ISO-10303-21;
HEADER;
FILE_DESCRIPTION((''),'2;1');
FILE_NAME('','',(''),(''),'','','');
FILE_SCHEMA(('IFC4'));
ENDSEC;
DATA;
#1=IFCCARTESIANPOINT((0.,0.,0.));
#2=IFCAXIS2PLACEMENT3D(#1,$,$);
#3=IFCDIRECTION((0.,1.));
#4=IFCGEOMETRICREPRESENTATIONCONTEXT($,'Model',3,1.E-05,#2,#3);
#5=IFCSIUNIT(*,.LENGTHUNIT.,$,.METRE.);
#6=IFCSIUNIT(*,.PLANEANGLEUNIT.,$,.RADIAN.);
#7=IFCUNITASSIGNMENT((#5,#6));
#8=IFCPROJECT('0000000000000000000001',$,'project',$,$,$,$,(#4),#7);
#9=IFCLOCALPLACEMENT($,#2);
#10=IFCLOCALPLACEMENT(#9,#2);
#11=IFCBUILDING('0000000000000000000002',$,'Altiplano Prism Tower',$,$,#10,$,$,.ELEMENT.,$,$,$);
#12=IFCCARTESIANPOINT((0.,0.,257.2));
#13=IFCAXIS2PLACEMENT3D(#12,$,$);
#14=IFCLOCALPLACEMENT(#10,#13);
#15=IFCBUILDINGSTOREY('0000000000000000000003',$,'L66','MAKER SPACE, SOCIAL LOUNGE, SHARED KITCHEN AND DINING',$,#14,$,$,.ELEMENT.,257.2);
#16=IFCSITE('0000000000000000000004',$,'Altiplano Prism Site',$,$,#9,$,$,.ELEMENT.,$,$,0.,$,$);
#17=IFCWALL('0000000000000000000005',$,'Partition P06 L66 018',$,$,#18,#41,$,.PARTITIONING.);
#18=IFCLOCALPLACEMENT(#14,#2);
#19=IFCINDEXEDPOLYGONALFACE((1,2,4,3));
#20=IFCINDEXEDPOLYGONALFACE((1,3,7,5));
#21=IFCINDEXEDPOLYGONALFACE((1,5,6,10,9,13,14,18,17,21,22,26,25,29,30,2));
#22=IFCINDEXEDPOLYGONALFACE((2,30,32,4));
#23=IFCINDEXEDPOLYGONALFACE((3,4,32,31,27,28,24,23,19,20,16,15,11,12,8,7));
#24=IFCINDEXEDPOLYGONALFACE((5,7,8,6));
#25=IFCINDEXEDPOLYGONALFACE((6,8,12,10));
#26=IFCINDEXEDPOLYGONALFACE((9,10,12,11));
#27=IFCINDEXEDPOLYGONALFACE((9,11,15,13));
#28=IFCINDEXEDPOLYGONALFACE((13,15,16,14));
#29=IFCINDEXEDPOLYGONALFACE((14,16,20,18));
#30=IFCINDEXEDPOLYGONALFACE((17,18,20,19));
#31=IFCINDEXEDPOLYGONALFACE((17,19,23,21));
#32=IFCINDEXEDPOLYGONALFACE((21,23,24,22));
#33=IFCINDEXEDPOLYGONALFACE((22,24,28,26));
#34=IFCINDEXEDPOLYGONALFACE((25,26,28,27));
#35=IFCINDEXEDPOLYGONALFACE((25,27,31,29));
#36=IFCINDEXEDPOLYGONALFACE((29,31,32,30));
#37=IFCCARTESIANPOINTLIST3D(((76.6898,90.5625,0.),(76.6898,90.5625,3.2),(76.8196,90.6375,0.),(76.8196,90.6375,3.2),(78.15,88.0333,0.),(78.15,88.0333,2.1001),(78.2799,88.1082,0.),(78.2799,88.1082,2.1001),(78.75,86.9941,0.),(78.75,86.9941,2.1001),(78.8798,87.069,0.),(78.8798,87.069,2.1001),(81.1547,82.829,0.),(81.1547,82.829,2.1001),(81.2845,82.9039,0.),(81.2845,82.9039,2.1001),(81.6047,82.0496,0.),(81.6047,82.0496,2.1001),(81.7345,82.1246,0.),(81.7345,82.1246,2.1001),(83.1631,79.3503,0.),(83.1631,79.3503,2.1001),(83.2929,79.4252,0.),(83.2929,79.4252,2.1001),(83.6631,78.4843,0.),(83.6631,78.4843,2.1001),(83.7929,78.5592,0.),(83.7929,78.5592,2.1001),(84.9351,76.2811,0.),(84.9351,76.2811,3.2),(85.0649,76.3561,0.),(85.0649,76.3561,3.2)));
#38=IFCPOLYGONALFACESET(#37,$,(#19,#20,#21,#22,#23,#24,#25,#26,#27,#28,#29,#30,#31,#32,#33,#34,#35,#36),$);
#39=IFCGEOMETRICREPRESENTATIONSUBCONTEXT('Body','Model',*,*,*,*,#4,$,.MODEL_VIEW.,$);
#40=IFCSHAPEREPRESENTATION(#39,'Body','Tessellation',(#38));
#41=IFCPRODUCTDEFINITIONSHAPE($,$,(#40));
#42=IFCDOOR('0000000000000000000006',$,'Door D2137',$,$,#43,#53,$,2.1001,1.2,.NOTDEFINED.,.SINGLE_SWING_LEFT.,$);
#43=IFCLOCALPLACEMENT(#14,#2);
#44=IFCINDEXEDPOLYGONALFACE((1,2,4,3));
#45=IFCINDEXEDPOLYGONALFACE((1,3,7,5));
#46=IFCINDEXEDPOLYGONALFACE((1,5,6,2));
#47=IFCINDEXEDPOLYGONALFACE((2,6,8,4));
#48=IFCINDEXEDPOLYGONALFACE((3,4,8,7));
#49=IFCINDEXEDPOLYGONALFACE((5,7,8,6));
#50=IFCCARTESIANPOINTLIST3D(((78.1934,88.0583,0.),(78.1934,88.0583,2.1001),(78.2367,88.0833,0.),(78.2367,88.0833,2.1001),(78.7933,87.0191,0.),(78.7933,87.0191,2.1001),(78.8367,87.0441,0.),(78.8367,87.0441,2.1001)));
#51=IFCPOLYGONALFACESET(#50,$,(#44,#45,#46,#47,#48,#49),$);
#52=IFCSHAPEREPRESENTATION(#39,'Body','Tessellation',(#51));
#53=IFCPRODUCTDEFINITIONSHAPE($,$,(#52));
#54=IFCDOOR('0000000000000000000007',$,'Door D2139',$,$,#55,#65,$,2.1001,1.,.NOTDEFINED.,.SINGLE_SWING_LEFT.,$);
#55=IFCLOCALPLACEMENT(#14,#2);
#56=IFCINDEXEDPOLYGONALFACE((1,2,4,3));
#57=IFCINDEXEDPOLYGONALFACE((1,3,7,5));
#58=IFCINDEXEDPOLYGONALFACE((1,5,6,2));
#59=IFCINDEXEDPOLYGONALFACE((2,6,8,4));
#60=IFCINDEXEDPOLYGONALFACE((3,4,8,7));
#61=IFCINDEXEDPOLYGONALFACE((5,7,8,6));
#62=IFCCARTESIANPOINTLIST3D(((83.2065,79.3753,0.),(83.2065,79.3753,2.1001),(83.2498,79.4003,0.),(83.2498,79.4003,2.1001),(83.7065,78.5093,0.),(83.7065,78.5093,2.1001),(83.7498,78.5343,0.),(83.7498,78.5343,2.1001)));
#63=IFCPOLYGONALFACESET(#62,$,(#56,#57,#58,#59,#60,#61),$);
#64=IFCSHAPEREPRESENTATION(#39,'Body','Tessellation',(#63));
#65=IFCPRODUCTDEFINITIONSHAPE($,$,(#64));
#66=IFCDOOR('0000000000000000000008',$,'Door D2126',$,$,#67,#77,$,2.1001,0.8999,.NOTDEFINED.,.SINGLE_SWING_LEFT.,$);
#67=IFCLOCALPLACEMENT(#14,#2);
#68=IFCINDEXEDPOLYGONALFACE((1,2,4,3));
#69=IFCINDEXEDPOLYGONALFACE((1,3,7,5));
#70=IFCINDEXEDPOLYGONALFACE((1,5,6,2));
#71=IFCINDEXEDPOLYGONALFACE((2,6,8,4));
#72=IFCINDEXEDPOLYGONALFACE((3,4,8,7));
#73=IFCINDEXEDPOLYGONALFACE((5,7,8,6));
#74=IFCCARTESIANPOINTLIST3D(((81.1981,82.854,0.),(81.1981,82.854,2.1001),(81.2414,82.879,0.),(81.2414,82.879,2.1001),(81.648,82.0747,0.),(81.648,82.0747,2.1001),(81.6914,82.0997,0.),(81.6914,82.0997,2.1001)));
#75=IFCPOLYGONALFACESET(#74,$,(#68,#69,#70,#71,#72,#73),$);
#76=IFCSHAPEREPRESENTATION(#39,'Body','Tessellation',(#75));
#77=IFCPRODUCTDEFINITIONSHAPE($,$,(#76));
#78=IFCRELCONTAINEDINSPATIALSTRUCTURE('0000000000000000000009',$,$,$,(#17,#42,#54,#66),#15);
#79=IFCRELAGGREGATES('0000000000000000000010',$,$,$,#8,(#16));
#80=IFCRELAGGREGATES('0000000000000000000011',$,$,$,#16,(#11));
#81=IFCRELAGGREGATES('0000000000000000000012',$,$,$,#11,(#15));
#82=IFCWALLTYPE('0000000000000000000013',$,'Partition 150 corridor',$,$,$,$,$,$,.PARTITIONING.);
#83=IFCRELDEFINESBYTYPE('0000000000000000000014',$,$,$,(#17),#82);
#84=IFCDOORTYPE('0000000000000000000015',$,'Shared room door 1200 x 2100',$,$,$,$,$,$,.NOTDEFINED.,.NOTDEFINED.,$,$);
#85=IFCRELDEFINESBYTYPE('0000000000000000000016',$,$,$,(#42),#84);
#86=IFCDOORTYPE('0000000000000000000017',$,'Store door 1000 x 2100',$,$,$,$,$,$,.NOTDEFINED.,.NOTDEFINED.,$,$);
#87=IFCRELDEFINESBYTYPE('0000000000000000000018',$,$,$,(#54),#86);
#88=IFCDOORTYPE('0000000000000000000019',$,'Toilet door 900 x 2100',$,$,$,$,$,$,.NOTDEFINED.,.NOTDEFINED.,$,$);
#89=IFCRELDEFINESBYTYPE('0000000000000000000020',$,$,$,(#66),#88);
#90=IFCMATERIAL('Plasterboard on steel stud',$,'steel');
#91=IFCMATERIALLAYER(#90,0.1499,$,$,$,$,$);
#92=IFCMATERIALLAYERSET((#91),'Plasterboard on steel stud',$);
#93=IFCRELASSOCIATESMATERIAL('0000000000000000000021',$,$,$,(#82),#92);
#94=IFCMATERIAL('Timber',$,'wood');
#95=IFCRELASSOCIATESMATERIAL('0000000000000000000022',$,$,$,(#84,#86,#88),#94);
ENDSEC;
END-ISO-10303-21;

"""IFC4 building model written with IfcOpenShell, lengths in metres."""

from ifc_helpers import new_model, si_unit, direction, frame, frame_2d, origin, place, context, subcontext, project, spatial, rectangle, extrude, material, layer, layer_set, type_object, element, fill, save


model = new_model("IFC4")

# Units and contexts
model_context = context("Model", 3, precision=1e-05, world=origin(), true_north=direction((0.0, 1.0)))
body_context = subcontext(model_context, "Body", "Model", "MODEL_VIEW")
ifc_project = project(units=[si_unit("LENGTHUNIT", "METRE"), si_unit("PLANEANGLEUNIT", "RADIAN")], contexts=[model_context])

# Site, building, storey
site_placement = place(None, origin())
site = spatial("IfcSite", under=ifc_project, at=site_placement, Name="Altiplano Prism Site", CompositionType="ELEMENT", RefElevation=0.0)
building_placement = place(site_placement, origin())
building = spatial("IfcBuilding", under=site, at=building_placement, Name="Altiplano Prism Tower", CompositionType="ELEMENT")
storey_placement = place(building_placement, frame((0.0, 0.0, 257.2)))
storey = spatial("IfcBuildingStorey", under=building, at=storey_placement, Name="L66", Description="MAKER SPACE, SOCIAL LOUNGE, SHARED KITCHEN AND DINING", CompositionType="ELEMENT", Elevation=257.2)

# Shared definitions
ifc_material_1 = material(Name="Plasterboard on steel stud", Category="steel")

# Wall, openings, doors
ifc_layer_1 = layer(ifc_material_1, 0.1499)
ifc_layer_set_1 = layer_set([ifc_layer_1], Name="Plasterboard on steel stud")
wall_type_1 = type_object("IfcWallType", Name="Partition 150 corridor", PredefinedType="PARTITIONING", material=ifc_layer_set_1)
ifc_material_2 = material(Name="Timber", Category="wood")
door_type_1 = type_object("IfcDoorType", Name="Shared room door 1200 x 2100", OperationType="NOTDEFINED", PredefinedType="NOTDEFINED", material=ifc_material_2)
wall_1_placement = place(storey_placement, frame((85.0, 76.3186, 0.0), z_axis=(0.0, 0.0, 1.0), x_axis=(-0.499997, 0.866027, 0.0)))
wall_1 = element("IfcWall", 1, at=wall_1_placement, inside=storey, type_object=wall_type_1, Name="Partition P06 L66 018", PredefinedType="PARTITIONING", context=body_context, shape_type="SweptSolid", body=[
    extrude(rectangle(XDim=16.4907, YDim=0.1499, at=frame_2d((8.2454, 0.0))), origin(), (0.0, 0.0, 1.0), 3.2),
])
opening_1_placement = place(wall_1_placement, frame((6.6609, 0.0, 0.0)))
opening_1 = element("IfcOpeningElement", 2, at=opening_1_placement, cuts=wall_1, PredefinedType="OPENING", context=body_context, shape_type="SweptSolid", body=[
    extrude(rectangle(XDim=0.8999, YDim=2.1001, at=frame_2d((0.45, 1.05))), frame((0.0, 0.0854, 0.0), z_axis=(0.0, -1.0, 0.0), x_axis=(1.0, 0.0, 0.0)), (0.0, 0.0, 1.0), 0.1709),
])
opening_2_placement = place(wall_1_placement, frame((12.3701, 0.0, 0.0)))
opening_2 = element("IfcOpeningElement", 3, at=opening_2_placement, cuts=wall_1, PredefinedType="OPENING", context=body_context, shape_type="SweptSolid", body=[
    extrude(rectangle(XDim=1.2, YDim=2.1001, at=frame_2d((0.6001, 1.05))), frame((0.0, 0.0854, 0.0), z_axis=(0.0, -1.0, 0.0), x_axis=(1.0, 0.0, 0.0)), (0.0, 0.0, 1.0), 0.1709),
])
opening_3_placement = place(wall_1_placement, frame((2.5439, 0.0, 0.0)))
opening_3 = element("IfcOpeningElement", 4, at=opening_3_placement, cuts=wall_1, PredefinedType="OPENING", context=body_context, shape_type="SweptSolid", body=[
    extrude(rectangle(XDim=1.0, YDim=2.1001, at=frame_2d((0.5, 1.05))), frame((0.0, 0.0854, 0.0), z_axis=(0.0, -1.0, 0.0), x_axis=(1.0, 0.0, 0.0)), (0.0, 0.0, 1.0), 0.1709),
])
door_1_placement = place(opening_2_placement, origin())
door_1 = element("IfcDoor", 5, at=door_1_placement, inside=storey, type_object=door_type_1, Name="Door D2137", OperationType="SINGLE_SWING_LEFT", OverallHeight=2.1001, OverallWidth=1.2, PredefinedType="NOTDEFINED", context=body_context, shape_type="SweptSolid", body=[
    extrude(rectangle(XDim=1.2, YDim=2.1001, at=frame_2d((0.6001, 1.05))), frame((0.0, 0.0249, 0.0), z_axis=(0.0, -1.0, 0.0), x_axis=(1.0, 0.0, 0.0)), (0.0, 0.0, 1.0), 0.05),
])
fill(opening_2, door_1)
door_type_2 = type_object("IfcDoorType", Name="Store door 1000 x 2100", OperationType="NOTDEFINED", PredefinedType="NOTDEFINED", material=ifc_material_2)
door_2_placement = place(opening_3_placement, origin())
door_2 = element("IfcDoor", 6, at=door_2_placement, inside=storey, type_object=door_type_2, Name="Door D2139", OperationType="SINGLE_SWING_LEFT", OverallHeight=2.1001, OverallWidth=1.0, PredefinedType="NOTDEFINED", context=body_context, shape_type="SweptSolid", body=[
    extrude(rectangle(XDim=1.0, YDim=2.1001, at=frame_2d((0.5, 1.05))), frame((0.0, 0.0249, 0.0), z_axis=(0.0, -1.0, 0.0), x_axis=(1.0, 0.0, 0.0)), (0.0, 0.0, 1.0), 0.05),
])
fill(opening_3, door_2)
door_type_3 = type_object("IfcDoorType", Name="Toilet door 900 x 2100", OperationType="NOTDEFINED", PredefinedType="NOTDEFINED", material=ifc_material_2)
door_3_placement = place(opening_1_placement, origin())
door_3 = element("IfcDoor", 7, at=door_3_placement, inside=storey, type_object=door_type_3, Name="Door D2126", OperationType="SINGLE_SWING_LEFT", OverallHeight=2.1001, OverallWidth=0.8999, PredefinedType="NOTDEFINED", context=body_context, shape_type="SweptSolid", body=[
    extrude(rectangle(XDim=0.8999, YDim=2.1001, at=frame_2d((0.45, 1.05))), frame((0.0, 0.0249, 0.0), z_axis=(0.0, -1.0, 0.0), x_axis=(1.0, 0.0, 0.0)), (0.0, 0.0, 1.0), 0.05),
])
fill(opening_1, door_3)

save(model, "model.ifc")
